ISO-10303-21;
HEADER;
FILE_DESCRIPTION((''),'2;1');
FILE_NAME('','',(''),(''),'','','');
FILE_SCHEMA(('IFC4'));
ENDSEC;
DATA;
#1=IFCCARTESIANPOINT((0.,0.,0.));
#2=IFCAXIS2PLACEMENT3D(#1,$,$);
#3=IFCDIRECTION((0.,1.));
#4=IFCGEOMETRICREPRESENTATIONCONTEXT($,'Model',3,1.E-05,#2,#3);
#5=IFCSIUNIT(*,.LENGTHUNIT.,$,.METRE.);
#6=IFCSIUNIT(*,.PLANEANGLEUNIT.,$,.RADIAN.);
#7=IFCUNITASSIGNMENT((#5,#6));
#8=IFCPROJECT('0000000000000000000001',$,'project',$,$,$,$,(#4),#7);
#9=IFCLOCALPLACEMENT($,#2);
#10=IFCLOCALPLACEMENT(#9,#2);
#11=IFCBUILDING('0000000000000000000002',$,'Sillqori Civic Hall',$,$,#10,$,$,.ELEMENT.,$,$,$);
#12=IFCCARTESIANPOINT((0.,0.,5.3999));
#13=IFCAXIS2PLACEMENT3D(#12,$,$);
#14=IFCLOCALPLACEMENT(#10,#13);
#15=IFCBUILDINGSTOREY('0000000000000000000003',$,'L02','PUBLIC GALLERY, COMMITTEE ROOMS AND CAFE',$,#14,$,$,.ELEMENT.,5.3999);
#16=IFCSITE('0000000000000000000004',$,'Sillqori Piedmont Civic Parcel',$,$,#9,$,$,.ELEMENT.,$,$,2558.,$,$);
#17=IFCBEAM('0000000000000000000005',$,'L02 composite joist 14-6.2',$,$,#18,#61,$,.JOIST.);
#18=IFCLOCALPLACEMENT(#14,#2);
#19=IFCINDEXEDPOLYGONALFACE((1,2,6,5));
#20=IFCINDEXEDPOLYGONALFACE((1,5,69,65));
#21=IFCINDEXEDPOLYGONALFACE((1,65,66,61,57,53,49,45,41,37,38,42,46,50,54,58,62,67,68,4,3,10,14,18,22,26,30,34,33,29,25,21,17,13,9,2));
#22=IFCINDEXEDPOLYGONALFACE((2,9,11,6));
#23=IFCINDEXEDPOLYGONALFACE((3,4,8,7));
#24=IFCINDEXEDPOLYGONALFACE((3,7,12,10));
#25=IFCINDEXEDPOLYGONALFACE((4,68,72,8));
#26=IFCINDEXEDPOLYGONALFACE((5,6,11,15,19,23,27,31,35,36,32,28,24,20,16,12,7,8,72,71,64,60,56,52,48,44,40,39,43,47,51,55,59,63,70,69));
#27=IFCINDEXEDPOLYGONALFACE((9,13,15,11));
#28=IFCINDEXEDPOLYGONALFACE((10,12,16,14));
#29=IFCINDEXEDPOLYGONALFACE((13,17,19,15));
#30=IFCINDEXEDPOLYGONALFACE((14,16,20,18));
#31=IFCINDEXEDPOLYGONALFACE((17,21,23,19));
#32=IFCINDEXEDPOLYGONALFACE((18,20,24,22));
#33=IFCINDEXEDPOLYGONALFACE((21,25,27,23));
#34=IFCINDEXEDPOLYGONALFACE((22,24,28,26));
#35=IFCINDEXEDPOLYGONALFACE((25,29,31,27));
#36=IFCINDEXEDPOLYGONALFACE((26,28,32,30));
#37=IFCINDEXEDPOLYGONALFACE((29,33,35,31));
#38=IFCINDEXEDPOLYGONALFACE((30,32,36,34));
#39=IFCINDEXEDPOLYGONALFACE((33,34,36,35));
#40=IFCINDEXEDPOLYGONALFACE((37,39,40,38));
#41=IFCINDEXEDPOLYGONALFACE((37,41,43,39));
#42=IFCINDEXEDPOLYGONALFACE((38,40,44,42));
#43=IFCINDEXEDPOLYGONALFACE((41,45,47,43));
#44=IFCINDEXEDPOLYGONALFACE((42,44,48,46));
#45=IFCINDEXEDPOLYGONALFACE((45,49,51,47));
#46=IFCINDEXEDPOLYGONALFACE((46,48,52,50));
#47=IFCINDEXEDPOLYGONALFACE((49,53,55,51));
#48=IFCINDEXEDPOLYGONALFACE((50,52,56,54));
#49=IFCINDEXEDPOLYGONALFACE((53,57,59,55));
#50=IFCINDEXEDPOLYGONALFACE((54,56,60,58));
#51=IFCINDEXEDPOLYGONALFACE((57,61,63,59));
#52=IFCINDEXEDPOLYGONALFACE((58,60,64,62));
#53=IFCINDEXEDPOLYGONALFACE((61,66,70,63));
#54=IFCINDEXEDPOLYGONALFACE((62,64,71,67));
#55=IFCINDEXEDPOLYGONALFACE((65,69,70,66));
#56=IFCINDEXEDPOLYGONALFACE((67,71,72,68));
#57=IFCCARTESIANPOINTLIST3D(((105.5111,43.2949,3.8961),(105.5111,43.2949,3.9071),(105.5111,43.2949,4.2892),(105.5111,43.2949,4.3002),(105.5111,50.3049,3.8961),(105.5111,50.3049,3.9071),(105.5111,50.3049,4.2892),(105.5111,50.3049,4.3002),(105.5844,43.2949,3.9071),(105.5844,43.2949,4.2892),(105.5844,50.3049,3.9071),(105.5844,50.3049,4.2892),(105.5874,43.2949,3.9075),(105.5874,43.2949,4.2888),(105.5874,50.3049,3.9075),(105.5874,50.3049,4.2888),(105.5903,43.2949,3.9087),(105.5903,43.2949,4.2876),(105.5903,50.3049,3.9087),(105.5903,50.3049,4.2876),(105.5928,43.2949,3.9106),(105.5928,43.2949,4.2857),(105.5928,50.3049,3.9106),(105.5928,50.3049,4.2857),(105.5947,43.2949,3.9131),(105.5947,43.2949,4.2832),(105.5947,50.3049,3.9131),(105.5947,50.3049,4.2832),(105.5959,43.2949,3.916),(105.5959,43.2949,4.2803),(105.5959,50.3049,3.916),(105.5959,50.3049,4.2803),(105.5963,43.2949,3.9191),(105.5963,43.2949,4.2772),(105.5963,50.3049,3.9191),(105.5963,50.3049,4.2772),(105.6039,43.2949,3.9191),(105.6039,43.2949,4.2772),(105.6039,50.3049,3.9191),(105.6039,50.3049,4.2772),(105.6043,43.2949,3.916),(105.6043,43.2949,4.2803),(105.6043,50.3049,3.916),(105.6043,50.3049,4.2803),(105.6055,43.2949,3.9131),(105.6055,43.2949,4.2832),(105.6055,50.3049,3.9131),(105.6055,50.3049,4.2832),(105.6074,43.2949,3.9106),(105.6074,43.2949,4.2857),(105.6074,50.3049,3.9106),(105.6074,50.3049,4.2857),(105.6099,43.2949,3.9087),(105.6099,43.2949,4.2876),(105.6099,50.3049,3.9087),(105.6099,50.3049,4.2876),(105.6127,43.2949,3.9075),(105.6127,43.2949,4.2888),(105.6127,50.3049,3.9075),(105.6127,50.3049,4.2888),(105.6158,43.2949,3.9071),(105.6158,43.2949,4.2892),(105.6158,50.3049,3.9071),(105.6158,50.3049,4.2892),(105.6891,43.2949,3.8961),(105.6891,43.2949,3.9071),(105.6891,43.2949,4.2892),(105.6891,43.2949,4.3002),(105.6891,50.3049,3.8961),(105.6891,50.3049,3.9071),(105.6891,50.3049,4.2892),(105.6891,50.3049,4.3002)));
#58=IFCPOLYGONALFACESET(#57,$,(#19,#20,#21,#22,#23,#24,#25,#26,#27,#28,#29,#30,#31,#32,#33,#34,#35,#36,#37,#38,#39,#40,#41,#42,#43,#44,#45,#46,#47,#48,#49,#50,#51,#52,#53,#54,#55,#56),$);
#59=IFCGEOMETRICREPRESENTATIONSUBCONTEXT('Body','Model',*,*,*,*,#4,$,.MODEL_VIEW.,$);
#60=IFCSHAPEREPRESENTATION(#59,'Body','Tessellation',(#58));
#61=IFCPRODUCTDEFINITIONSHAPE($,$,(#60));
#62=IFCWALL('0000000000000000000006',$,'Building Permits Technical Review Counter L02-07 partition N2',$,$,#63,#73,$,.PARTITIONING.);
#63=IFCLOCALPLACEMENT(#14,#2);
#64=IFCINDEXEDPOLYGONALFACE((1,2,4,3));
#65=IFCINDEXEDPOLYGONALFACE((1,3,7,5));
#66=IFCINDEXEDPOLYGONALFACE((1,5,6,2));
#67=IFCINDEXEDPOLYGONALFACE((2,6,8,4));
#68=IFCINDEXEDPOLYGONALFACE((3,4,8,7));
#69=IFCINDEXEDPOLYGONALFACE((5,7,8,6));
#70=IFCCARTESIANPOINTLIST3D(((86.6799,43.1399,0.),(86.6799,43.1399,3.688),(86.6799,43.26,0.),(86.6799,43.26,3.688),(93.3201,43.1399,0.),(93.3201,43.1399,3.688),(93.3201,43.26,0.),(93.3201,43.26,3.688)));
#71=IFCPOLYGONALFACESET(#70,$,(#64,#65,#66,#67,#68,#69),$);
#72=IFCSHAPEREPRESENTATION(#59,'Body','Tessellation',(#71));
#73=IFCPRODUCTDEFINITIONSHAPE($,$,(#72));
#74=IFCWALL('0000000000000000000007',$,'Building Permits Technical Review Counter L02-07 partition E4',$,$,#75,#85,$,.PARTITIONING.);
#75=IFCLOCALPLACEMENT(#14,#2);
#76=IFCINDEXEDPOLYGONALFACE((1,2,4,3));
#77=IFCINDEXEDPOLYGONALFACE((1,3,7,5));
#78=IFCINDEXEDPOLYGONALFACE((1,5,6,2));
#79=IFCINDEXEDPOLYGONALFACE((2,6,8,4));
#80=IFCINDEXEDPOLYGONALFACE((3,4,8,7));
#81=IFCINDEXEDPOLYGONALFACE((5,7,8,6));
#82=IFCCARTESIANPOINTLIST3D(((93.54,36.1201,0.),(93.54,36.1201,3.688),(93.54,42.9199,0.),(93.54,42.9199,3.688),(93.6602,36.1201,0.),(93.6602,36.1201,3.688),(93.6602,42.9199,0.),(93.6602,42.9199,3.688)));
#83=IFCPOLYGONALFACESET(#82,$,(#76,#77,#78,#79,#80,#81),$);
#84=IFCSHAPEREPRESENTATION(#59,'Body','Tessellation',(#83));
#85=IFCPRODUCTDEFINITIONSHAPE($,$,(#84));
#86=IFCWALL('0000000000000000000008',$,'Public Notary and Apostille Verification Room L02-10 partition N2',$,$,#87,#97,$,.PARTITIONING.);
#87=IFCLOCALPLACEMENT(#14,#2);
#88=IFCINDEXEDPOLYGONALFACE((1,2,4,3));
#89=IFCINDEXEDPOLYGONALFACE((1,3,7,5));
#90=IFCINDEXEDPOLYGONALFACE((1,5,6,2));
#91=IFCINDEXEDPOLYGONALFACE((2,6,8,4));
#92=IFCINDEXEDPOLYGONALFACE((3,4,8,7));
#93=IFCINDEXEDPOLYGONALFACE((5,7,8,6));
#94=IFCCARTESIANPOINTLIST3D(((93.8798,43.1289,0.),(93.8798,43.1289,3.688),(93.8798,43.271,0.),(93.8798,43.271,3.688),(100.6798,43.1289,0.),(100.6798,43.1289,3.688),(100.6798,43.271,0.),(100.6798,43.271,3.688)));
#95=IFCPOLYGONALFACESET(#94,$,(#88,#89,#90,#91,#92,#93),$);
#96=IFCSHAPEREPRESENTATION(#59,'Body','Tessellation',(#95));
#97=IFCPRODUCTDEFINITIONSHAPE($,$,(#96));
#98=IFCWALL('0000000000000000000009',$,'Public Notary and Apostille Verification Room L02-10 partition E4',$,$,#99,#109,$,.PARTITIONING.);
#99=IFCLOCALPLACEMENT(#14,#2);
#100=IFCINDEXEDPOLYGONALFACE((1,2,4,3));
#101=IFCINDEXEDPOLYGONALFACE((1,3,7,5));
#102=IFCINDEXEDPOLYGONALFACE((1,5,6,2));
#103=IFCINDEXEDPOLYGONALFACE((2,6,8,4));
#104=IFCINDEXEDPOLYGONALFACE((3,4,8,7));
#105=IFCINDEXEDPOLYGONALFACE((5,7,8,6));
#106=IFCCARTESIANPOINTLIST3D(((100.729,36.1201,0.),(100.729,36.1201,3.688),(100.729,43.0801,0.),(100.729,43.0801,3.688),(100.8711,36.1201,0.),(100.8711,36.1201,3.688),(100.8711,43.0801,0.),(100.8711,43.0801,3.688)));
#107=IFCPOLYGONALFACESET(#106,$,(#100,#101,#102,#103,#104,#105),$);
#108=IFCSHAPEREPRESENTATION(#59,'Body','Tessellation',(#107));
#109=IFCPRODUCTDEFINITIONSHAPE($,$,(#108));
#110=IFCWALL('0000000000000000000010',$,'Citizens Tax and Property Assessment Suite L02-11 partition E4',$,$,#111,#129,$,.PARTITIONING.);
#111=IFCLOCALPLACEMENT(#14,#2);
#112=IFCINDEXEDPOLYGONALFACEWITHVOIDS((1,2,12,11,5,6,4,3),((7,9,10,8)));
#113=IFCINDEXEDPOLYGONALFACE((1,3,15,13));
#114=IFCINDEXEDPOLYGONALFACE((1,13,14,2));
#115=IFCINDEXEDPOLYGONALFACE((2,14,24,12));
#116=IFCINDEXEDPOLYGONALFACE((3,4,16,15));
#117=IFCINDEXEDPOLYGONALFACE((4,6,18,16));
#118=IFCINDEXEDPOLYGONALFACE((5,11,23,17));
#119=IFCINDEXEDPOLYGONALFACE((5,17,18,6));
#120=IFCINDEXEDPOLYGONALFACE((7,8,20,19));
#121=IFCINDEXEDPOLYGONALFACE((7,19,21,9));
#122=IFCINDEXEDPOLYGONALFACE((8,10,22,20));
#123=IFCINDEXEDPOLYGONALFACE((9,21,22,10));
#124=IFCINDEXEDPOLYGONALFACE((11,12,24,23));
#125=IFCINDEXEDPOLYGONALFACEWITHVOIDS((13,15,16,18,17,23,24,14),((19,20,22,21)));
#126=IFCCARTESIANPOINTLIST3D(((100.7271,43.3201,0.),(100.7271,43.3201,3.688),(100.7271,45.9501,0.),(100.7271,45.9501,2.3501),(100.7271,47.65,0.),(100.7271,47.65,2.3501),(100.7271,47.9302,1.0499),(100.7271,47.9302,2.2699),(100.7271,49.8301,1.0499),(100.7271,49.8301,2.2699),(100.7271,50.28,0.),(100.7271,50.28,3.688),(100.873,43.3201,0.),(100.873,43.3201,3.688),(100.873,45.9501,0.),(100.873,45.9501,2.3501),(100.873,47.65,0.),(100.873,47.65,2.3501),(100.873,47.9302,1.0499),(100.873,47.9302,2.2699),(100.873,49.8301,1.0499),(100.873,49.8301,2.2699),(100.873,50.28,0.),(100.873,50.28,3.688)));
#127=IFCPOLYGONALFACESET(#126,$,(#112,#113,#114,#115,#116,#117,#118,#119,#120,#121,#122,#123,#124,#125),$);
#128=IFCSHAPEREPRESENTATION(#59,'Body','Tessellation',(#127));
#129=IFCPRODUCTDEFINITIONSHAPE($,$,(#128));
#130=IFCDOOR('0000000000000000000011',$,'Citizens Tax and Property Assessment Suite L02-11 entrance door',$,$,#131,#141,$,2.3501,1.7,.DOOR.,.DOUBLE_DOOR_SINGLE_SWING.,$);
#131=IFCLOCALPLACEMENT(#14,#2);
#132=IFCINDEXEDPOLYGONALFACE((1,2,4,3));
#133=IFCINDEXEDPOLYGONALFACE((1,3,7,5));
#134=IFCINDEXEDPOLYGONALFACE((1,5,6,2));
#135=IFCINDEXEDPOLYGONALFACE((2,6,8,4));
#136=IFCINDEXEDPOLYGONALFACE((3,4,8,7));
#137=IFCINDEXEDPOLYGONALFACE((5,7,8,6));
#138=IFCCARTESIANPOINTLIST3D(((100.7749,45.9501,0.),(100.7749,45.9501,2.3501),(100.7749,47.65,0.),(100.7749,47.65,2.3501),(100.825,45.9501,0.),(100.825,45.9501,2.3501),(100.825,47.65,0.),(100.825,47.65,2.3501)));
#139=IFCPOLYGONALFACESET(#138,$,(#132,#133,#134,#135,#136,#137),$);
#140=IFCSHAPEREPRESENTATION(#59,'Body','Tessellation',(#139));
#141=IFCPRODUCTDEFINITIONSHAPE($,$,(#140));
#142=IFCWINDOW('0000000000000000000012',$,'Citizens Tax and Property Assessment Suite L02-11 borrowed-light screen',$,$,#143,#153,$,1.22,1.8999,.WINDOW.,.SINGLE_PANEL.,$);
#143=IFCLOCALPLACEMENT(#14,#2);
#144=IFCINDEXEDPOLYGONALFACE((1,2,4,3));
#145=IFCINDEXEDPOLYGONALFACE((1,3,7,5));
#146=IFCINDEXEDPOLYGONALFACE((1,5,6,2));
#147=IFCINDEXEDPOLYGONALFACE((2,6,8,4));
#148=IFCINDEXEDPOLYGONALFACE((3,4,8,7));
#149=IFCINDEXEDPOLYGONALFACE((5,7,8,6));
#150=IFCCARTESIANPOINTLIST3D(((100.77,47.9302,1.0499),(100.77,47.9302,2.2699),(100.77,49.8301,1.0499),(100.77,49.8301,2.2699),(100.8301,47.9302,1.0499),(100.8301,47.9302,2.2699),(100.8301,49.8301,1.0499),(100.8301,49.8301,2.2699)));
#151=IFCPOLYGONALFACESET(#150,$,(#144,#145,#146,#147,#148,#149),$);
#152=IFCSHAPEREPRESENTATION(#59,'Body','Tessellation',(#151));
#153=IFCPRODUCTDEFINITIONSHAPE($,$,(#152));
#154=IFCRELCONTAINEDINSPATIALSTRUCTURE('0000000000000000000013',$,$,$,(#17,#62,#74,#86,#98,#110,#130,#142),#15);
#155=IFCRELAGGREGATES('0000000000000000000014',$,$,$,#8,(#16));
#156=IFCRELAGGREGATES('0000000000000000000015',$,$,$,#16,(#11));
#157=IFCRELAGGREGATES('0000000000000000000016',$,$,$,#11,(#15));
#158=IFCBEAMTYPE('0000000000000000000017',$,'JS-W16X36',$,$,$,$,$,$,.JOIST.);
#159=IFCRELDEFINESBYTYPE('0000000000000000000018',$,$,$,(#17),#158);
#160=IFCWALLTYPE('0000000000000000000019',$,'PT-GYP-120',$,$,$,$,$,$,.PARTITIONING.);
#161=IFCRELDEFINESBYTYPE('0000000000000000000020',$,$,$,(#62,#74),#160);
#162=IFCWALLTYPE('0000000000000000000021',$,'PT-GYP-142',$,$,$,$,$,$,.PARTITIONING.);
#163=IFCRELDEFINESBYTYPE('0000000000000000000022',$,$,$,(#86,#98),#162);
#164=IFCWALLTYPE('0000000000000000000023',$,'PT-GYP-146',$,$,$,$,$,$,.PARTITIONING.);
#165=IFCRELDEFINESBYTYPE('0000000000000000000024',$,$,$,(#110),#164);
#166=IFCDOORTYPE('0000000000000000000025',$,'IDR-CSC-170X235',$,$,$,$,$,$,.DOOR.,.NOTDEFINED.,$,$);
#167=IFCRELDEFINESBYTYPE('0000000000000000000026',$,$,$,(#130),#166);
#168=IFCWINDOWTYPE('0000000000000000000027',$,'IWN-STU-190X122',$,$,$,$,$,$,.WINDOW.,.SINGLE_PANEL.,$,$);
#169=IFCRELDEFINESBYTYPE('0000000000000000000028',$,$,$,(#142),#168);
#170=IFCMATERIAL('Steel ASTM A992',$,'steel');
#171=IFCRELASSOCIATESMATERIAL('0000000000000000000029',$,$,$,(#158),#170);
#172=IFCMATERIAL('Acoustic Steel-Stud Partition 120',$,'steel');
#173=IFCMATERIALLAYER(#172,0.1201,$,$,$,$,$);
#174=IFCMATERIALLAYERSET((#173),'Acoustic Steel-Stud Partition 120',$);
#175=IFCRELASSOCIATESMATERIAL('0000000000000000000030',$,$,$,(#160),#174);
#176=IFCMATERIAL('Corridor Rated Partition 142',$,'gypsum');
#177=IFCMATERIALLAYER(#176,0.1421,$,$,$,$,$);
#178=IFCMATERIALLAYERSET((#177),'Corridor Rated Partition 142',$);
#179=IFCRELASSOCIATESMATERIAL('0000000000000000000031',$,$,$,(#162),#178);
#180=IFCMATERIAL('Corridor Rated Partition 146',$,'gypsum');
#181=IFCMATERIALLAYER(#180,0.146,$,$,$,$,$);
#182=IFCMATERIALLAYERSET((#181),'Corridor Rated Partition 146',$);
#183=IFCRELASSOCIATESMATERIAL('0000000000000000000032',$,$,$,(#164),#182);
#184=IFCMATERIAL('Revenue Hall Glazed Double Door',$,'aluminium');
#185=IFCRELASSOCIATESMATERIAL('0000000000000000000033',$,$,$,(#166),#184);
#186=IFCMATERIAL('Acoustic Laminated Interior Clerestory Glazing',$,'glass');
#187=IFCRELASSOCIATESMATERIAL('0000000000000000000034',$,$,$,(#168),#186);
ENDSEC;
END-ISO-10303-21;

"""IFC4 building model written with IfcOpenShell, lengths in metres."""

from ifc_helpers import new_model, si_unit, direction, frame, frame_2d, origin, origin_2d, place, context, subcontext, project, spatial, rectangle, i_section, extrude, material, layer, layer_set, material_profile, profile_set, type_object, element, fill, save


model = new_model("IFC4")

# Units and contexts
model_context = context("Model", 3, precision=1e-05, world=origin(), true_north=direction((0.0, 1.0)))
body_context = subcontext(model_context, "Body", "Model", "MODEL_VIEW")
ifc_project = project(units=[si_unit("LENGTHUNIT", "METRE"), si_unit("PLANEANGLEUNIT", "RADIAN")], contexts=[model_context])

# Site, building, storey
site_placement = place(None, origin())
site = spatial("IfcSite", under=ifc_project, at=site_placement, Name="Sillqori Piedmont Civic Parcel", CompositionType="ELEMENT", RefElevation=2558.0)
building_placement = place(site_placement, origin())
building = spatial("IfcBuilding", under=site, at=building_placement, Name="Sillqori Civic Hall", CompositionType="ELEMENT")
storey_placement = place(building_placement, frame((0.0, 0.0, 5.3999)))
storey = spatial("IfcBuildingStorey", under=building, at=storey_placement, Name="L02", Description="PUBLIC GALLERY, COMMITTEE ROOMS AND CAFE", CompositionType="ELEMENT", Elevation=5.3999)

# Shared definitions
ifc_material_1 = material(Name="Steel ASTM A992", Category="steel")

# Beam
ifc_material_profile_1 = material_profile(ifc_material_1, i_section(OverallWidth=0.178, OverallDepth=0.4041, WebThickness=0.0076, FlangeThickness=0.011, FilletRadius=0.012, at=origin_2d()), Name="W16X36")
ifc_profile_set_1 = profile_set([ifc_material_profile_1], Name="Steel ASTM A992")
beam_type_1 = type_object("IfcBeamType", Name="JS-W16X36", PredefinedType="JOIST", material=ifc_profile_set_1)
for number, where, z_axis, x_axis, name in (
    (1, (105.6001, 43.2949, 4.0981), (0.0, 1.0, 0.0), (-1.0, 0.0, 0.0), "L02 composite joist 14-6.2"),
):
    element("IfcBeam", number, at=place(storey_placement, frame(where, z_axis=z_axis, x_axis=x_axis)), inside=storey, type_object=beam_type_1, Name=name, PredefinedType="JOIST", context=body_context, shape_type="SweptSolid", body=[
        extrude(i_section(OverallWidth=0.178, OverallDepth=0.4041, WebThickness=0.0076, FlangeThickness=0.011, FilletRadius=0.012, at=origin_2d()), origin(), (0.0, 0.0, 1.0), 7.01),
    ])

# Walls
ifc_material_2 = material(Name="Acoustic Steel-Stud Partition 120", Category="steel")
ifc_layer_1 = layer(ifc_material_2, 0.1201)
ifc_layer_set_1 = layer_set([ifc_layer_1], Name="Acoustic Steel-Stud Partition 120")
wall_type_1 = type_object("IfcWallType", Name="PT-GYP-120", PredefinedType="PARTITIONING", material=ifc_layer_set_1)
wall_1_placement = place(storey_placement, frame((86.6799, 43.2, 0.0), z_axis=(0.0, 0.0, 1.0), x_axis=(1.0, 0.0, 0.0)))
element("IfcWall", 2, at=wall_1_placement, inside=storey, type_object=wall_type_1, Name="Building Permits Technical Review Counter L02-07 partition N2", PredefinedType="PARTITIONING", context=body_context, shape_type="SweptSolid", body=[
    extrude(rectangle(XDim=6.6401, YDim=0.1201, at=frame_2d((3.3201, 0.0))), origin(), (0.0, 0.0, 1.0), 3.688),
])
wall_2_placement = place(storey_placement, frame((93.6001, 42.9199, 0.0), z_axis=(0.0, 0.0, 1.0), x_axis=(0.0, -1.0, 0.0)))
element("IfcWall", 3, at=wall_2_placement, inside=storey, type_object=wall_type_1, Name="Building Permits Technical Review Counter L02-07 partition E4", PredefinedType="PARTITIONING", context=body_context, shape_type="SweptSolid", body=[
    extrude(rectangle(XDim=6.7998, YDim=0.1201, at=frame_2d((3.3999, 0.0))), origin(), (0.0, 0.0, 1.0), 3.688),
])
ifc_material_3 = material(Name="Corridor Rated Partition 142", Category="gypsum")
ifc_layer_2 = layer(ifc_material_3, 0.1421)
ifc_layer_set_2 = layer_set([ifc_layer_2], Name="Corridor Rated Partition 142")
wall_type_2 = type_object("IfcWallType", Name="PT-GYP-142", PredefinedType="PARTITIONING", material=ifc_layer_set_2)
wall_3_placement = place(storey_placement, frame((93.8799, 43.2, 0.0), z_axis=(0.0, 0.0, 1.0), x_axis=(1.0, 0.0, 0.0)))
element("IfcWall", 4, at=wall_3_placement, inside=storey, type_object=wall_type_2, Name="Public Notary and Apostille Verification Room L02-10 partition N2", PredefinedType="PARTITIONING", context=body_context, shape_type="SweptSolid", body=[
    extrude(rectangle(XDim=6.8, YDim=0.1421, at=frame_2d((3.3999, 0.0))), origin(), (0.0, 0.0, 1.0), 3.688),
])
wall_4_placement = place(storey_placement, frame((100.8, 43.0801, 0.0), z_axis=(0.0, 0.0, 1.0), x_axis=(0.0, -1.0, 0.0)))
element("IfcWall", 5, at=wall_4_placement, inside=storey, type_object=wall_type_2, Name="Public Notary and Apostille Verification Room L02-10 partition E4", PredefinedType="PARTITIONING", context=body_context, shape_type="SweptSolid", body=[
    extrude(rectangle(XDim=6.96, YDim=0.1421, at=frame_2d((3.48, 0.0))), origin(), (0.0, 0.0, 1.0), 3.688),
])

# Wall, openings, door, window
ifc_material_4 = material(Name="Corridor Rated Partition 146", Category="gypsum")
ifc_layer_3 = layer(ifc_material_4, 0.146)
ifc_layer_set_3 = layer_set([ifc_layer_3], Name="Corridor Rated Partition 146")
wall_type_3 = type_object("IfcWallType", Name="PT-GYP-146", PredefinedType="PARTITIONING", material=ifc_layer_set_3)
wall_5_placement = place(storey_placement, frame((100.8, 50.28, 0.0), z_axis=(0.0, 0.0, 1.0), x_axis=(0.0, -1.0, 0.0)))
wall_5 = element("IfcWall", 6, at=wall_5_placement, inside=storey, type_object=wall_type_3, Name="Citizens Tax and Property Assessment Suite L02-11 partition E4", PredefinedType="PARTITIONING", context=body_context, shape_type="SweptSolid", body=[
    extrude(rectangle(XDim=6.96, YDim=0.146, at=frame_2d((3.48, 0.0))), origin(), (0.0, 0.0, 1.0), 3.688),
])
opening_1_placement = place(wall_5_placement, frame((2.6299, 0.0, 0.0)))
opening_1 = element("IfcOpeningElement", 7, at=opening_1_placement, cuts=wall_5, PredefinedType="OPENING", context=body_context, shape_type="SweptSolid", body=[
    extrude(rectangle(XDim=1.7, YDim=2.3501, at=frame_2d((0.8501, 1.175))), frame((0.0, 0.083, 0.0), z_axis=(0.0, -1.0, 0.0), x_axis=(1.0, 0.0, 0.0)), (0.0, 0.0, 1.0), 0.166),
])
opening_2_placement = place(wall_5_placement, frame((0.45, 0.0, 1.05)))
opening_2 = element("IfcOpeningElement", 8, at=opening_2_placement, cuts=wall_5, PredefinedType="OPENING", context=body_context, shape_type="SweptSolid", body=[
    extrude(rectangle(XDim=1.8999, YDim=1.22, at=frame_2d((0.95, 0.6099))), frame((0.0, 0.083, 0.0), z_axis=(0.0, -1.0, 0.0), x_axis=(1.0, 0.0, 0.0)), (0.0, 0.0, 1.0), 0.166),
])
ifc_material_5 = material(Name="Revenue Hall Glazed Double Door", Category="aluminium")
door_type = type_object("IfcDoorType", Name="IDR-CSC-170X235", OperationType="NOTDEFINED", PredefinedType="DOOR", material=ifc_material_5)
door_placement = place(opening_1_placement, origin())
door = element("IfcDoor", 9, at=door_placement, inside=storey, type_object=door_type, Name="Citizens Tax and Property Assessment Suite L02-11 entrance door", OperationType="DOUBLE_DOOR_SINGLE_SWING", OverallHeight=2.3501, OverallWidth=1.7, PredefinedType="DOOR", context=body_context, shape_type="SweptSolid", body=[
    extrude(rectangle(XDim=1.7, YDim=2.3501, at=frame_2d((0.8501, 1.175))), frame((0.0, 0.0249, 0.0), z_axis=(0.0, -1.0, 0.0), x_axis=(1.0, 0.0, 0.0)), (0.0, 0.0, 1.0), 0.05),
])
fill(opening_1, door)
ifc_material_6 = material(Name="Acoustic Laminated Interior Clerestory Glazing", Category="glass")
window_type = type_object("IfcWindowType", Name="IWN-STU-190X122", PartitioningType="SINGLE_PANEL", PredefinedType="WINDOW", material=ifc_material_6)
window_placement = place(opening_2_placement, origin())
window = element("IfcWindow", 10, at=window_placement, inside=storey, type_object=window_type, Name="Citizens Tax and Property Assessment Suite L02-11 borrowed-light screen", OverallHeight=1.22, OverallWidth=1.8999, PartitioningType="SINGLE_PANEL", PredefinedType="WINDOW", context=body_context, shape_type="SweptSolid", body=[
    extrude(rectangle(XDim=1.8999, YDim=1.22, at=frame_2d((0.95, 0.6099))), frame((0.0, 0.03, 0.0), z_axis=(0.0, -1.0, 0.0), x_axis=(1.0, 0.0, 0.0)), (0.0, 0.0, 1.0), 0.0601),
])
fill(opening_2, window)

save(model, "model.ifc")
